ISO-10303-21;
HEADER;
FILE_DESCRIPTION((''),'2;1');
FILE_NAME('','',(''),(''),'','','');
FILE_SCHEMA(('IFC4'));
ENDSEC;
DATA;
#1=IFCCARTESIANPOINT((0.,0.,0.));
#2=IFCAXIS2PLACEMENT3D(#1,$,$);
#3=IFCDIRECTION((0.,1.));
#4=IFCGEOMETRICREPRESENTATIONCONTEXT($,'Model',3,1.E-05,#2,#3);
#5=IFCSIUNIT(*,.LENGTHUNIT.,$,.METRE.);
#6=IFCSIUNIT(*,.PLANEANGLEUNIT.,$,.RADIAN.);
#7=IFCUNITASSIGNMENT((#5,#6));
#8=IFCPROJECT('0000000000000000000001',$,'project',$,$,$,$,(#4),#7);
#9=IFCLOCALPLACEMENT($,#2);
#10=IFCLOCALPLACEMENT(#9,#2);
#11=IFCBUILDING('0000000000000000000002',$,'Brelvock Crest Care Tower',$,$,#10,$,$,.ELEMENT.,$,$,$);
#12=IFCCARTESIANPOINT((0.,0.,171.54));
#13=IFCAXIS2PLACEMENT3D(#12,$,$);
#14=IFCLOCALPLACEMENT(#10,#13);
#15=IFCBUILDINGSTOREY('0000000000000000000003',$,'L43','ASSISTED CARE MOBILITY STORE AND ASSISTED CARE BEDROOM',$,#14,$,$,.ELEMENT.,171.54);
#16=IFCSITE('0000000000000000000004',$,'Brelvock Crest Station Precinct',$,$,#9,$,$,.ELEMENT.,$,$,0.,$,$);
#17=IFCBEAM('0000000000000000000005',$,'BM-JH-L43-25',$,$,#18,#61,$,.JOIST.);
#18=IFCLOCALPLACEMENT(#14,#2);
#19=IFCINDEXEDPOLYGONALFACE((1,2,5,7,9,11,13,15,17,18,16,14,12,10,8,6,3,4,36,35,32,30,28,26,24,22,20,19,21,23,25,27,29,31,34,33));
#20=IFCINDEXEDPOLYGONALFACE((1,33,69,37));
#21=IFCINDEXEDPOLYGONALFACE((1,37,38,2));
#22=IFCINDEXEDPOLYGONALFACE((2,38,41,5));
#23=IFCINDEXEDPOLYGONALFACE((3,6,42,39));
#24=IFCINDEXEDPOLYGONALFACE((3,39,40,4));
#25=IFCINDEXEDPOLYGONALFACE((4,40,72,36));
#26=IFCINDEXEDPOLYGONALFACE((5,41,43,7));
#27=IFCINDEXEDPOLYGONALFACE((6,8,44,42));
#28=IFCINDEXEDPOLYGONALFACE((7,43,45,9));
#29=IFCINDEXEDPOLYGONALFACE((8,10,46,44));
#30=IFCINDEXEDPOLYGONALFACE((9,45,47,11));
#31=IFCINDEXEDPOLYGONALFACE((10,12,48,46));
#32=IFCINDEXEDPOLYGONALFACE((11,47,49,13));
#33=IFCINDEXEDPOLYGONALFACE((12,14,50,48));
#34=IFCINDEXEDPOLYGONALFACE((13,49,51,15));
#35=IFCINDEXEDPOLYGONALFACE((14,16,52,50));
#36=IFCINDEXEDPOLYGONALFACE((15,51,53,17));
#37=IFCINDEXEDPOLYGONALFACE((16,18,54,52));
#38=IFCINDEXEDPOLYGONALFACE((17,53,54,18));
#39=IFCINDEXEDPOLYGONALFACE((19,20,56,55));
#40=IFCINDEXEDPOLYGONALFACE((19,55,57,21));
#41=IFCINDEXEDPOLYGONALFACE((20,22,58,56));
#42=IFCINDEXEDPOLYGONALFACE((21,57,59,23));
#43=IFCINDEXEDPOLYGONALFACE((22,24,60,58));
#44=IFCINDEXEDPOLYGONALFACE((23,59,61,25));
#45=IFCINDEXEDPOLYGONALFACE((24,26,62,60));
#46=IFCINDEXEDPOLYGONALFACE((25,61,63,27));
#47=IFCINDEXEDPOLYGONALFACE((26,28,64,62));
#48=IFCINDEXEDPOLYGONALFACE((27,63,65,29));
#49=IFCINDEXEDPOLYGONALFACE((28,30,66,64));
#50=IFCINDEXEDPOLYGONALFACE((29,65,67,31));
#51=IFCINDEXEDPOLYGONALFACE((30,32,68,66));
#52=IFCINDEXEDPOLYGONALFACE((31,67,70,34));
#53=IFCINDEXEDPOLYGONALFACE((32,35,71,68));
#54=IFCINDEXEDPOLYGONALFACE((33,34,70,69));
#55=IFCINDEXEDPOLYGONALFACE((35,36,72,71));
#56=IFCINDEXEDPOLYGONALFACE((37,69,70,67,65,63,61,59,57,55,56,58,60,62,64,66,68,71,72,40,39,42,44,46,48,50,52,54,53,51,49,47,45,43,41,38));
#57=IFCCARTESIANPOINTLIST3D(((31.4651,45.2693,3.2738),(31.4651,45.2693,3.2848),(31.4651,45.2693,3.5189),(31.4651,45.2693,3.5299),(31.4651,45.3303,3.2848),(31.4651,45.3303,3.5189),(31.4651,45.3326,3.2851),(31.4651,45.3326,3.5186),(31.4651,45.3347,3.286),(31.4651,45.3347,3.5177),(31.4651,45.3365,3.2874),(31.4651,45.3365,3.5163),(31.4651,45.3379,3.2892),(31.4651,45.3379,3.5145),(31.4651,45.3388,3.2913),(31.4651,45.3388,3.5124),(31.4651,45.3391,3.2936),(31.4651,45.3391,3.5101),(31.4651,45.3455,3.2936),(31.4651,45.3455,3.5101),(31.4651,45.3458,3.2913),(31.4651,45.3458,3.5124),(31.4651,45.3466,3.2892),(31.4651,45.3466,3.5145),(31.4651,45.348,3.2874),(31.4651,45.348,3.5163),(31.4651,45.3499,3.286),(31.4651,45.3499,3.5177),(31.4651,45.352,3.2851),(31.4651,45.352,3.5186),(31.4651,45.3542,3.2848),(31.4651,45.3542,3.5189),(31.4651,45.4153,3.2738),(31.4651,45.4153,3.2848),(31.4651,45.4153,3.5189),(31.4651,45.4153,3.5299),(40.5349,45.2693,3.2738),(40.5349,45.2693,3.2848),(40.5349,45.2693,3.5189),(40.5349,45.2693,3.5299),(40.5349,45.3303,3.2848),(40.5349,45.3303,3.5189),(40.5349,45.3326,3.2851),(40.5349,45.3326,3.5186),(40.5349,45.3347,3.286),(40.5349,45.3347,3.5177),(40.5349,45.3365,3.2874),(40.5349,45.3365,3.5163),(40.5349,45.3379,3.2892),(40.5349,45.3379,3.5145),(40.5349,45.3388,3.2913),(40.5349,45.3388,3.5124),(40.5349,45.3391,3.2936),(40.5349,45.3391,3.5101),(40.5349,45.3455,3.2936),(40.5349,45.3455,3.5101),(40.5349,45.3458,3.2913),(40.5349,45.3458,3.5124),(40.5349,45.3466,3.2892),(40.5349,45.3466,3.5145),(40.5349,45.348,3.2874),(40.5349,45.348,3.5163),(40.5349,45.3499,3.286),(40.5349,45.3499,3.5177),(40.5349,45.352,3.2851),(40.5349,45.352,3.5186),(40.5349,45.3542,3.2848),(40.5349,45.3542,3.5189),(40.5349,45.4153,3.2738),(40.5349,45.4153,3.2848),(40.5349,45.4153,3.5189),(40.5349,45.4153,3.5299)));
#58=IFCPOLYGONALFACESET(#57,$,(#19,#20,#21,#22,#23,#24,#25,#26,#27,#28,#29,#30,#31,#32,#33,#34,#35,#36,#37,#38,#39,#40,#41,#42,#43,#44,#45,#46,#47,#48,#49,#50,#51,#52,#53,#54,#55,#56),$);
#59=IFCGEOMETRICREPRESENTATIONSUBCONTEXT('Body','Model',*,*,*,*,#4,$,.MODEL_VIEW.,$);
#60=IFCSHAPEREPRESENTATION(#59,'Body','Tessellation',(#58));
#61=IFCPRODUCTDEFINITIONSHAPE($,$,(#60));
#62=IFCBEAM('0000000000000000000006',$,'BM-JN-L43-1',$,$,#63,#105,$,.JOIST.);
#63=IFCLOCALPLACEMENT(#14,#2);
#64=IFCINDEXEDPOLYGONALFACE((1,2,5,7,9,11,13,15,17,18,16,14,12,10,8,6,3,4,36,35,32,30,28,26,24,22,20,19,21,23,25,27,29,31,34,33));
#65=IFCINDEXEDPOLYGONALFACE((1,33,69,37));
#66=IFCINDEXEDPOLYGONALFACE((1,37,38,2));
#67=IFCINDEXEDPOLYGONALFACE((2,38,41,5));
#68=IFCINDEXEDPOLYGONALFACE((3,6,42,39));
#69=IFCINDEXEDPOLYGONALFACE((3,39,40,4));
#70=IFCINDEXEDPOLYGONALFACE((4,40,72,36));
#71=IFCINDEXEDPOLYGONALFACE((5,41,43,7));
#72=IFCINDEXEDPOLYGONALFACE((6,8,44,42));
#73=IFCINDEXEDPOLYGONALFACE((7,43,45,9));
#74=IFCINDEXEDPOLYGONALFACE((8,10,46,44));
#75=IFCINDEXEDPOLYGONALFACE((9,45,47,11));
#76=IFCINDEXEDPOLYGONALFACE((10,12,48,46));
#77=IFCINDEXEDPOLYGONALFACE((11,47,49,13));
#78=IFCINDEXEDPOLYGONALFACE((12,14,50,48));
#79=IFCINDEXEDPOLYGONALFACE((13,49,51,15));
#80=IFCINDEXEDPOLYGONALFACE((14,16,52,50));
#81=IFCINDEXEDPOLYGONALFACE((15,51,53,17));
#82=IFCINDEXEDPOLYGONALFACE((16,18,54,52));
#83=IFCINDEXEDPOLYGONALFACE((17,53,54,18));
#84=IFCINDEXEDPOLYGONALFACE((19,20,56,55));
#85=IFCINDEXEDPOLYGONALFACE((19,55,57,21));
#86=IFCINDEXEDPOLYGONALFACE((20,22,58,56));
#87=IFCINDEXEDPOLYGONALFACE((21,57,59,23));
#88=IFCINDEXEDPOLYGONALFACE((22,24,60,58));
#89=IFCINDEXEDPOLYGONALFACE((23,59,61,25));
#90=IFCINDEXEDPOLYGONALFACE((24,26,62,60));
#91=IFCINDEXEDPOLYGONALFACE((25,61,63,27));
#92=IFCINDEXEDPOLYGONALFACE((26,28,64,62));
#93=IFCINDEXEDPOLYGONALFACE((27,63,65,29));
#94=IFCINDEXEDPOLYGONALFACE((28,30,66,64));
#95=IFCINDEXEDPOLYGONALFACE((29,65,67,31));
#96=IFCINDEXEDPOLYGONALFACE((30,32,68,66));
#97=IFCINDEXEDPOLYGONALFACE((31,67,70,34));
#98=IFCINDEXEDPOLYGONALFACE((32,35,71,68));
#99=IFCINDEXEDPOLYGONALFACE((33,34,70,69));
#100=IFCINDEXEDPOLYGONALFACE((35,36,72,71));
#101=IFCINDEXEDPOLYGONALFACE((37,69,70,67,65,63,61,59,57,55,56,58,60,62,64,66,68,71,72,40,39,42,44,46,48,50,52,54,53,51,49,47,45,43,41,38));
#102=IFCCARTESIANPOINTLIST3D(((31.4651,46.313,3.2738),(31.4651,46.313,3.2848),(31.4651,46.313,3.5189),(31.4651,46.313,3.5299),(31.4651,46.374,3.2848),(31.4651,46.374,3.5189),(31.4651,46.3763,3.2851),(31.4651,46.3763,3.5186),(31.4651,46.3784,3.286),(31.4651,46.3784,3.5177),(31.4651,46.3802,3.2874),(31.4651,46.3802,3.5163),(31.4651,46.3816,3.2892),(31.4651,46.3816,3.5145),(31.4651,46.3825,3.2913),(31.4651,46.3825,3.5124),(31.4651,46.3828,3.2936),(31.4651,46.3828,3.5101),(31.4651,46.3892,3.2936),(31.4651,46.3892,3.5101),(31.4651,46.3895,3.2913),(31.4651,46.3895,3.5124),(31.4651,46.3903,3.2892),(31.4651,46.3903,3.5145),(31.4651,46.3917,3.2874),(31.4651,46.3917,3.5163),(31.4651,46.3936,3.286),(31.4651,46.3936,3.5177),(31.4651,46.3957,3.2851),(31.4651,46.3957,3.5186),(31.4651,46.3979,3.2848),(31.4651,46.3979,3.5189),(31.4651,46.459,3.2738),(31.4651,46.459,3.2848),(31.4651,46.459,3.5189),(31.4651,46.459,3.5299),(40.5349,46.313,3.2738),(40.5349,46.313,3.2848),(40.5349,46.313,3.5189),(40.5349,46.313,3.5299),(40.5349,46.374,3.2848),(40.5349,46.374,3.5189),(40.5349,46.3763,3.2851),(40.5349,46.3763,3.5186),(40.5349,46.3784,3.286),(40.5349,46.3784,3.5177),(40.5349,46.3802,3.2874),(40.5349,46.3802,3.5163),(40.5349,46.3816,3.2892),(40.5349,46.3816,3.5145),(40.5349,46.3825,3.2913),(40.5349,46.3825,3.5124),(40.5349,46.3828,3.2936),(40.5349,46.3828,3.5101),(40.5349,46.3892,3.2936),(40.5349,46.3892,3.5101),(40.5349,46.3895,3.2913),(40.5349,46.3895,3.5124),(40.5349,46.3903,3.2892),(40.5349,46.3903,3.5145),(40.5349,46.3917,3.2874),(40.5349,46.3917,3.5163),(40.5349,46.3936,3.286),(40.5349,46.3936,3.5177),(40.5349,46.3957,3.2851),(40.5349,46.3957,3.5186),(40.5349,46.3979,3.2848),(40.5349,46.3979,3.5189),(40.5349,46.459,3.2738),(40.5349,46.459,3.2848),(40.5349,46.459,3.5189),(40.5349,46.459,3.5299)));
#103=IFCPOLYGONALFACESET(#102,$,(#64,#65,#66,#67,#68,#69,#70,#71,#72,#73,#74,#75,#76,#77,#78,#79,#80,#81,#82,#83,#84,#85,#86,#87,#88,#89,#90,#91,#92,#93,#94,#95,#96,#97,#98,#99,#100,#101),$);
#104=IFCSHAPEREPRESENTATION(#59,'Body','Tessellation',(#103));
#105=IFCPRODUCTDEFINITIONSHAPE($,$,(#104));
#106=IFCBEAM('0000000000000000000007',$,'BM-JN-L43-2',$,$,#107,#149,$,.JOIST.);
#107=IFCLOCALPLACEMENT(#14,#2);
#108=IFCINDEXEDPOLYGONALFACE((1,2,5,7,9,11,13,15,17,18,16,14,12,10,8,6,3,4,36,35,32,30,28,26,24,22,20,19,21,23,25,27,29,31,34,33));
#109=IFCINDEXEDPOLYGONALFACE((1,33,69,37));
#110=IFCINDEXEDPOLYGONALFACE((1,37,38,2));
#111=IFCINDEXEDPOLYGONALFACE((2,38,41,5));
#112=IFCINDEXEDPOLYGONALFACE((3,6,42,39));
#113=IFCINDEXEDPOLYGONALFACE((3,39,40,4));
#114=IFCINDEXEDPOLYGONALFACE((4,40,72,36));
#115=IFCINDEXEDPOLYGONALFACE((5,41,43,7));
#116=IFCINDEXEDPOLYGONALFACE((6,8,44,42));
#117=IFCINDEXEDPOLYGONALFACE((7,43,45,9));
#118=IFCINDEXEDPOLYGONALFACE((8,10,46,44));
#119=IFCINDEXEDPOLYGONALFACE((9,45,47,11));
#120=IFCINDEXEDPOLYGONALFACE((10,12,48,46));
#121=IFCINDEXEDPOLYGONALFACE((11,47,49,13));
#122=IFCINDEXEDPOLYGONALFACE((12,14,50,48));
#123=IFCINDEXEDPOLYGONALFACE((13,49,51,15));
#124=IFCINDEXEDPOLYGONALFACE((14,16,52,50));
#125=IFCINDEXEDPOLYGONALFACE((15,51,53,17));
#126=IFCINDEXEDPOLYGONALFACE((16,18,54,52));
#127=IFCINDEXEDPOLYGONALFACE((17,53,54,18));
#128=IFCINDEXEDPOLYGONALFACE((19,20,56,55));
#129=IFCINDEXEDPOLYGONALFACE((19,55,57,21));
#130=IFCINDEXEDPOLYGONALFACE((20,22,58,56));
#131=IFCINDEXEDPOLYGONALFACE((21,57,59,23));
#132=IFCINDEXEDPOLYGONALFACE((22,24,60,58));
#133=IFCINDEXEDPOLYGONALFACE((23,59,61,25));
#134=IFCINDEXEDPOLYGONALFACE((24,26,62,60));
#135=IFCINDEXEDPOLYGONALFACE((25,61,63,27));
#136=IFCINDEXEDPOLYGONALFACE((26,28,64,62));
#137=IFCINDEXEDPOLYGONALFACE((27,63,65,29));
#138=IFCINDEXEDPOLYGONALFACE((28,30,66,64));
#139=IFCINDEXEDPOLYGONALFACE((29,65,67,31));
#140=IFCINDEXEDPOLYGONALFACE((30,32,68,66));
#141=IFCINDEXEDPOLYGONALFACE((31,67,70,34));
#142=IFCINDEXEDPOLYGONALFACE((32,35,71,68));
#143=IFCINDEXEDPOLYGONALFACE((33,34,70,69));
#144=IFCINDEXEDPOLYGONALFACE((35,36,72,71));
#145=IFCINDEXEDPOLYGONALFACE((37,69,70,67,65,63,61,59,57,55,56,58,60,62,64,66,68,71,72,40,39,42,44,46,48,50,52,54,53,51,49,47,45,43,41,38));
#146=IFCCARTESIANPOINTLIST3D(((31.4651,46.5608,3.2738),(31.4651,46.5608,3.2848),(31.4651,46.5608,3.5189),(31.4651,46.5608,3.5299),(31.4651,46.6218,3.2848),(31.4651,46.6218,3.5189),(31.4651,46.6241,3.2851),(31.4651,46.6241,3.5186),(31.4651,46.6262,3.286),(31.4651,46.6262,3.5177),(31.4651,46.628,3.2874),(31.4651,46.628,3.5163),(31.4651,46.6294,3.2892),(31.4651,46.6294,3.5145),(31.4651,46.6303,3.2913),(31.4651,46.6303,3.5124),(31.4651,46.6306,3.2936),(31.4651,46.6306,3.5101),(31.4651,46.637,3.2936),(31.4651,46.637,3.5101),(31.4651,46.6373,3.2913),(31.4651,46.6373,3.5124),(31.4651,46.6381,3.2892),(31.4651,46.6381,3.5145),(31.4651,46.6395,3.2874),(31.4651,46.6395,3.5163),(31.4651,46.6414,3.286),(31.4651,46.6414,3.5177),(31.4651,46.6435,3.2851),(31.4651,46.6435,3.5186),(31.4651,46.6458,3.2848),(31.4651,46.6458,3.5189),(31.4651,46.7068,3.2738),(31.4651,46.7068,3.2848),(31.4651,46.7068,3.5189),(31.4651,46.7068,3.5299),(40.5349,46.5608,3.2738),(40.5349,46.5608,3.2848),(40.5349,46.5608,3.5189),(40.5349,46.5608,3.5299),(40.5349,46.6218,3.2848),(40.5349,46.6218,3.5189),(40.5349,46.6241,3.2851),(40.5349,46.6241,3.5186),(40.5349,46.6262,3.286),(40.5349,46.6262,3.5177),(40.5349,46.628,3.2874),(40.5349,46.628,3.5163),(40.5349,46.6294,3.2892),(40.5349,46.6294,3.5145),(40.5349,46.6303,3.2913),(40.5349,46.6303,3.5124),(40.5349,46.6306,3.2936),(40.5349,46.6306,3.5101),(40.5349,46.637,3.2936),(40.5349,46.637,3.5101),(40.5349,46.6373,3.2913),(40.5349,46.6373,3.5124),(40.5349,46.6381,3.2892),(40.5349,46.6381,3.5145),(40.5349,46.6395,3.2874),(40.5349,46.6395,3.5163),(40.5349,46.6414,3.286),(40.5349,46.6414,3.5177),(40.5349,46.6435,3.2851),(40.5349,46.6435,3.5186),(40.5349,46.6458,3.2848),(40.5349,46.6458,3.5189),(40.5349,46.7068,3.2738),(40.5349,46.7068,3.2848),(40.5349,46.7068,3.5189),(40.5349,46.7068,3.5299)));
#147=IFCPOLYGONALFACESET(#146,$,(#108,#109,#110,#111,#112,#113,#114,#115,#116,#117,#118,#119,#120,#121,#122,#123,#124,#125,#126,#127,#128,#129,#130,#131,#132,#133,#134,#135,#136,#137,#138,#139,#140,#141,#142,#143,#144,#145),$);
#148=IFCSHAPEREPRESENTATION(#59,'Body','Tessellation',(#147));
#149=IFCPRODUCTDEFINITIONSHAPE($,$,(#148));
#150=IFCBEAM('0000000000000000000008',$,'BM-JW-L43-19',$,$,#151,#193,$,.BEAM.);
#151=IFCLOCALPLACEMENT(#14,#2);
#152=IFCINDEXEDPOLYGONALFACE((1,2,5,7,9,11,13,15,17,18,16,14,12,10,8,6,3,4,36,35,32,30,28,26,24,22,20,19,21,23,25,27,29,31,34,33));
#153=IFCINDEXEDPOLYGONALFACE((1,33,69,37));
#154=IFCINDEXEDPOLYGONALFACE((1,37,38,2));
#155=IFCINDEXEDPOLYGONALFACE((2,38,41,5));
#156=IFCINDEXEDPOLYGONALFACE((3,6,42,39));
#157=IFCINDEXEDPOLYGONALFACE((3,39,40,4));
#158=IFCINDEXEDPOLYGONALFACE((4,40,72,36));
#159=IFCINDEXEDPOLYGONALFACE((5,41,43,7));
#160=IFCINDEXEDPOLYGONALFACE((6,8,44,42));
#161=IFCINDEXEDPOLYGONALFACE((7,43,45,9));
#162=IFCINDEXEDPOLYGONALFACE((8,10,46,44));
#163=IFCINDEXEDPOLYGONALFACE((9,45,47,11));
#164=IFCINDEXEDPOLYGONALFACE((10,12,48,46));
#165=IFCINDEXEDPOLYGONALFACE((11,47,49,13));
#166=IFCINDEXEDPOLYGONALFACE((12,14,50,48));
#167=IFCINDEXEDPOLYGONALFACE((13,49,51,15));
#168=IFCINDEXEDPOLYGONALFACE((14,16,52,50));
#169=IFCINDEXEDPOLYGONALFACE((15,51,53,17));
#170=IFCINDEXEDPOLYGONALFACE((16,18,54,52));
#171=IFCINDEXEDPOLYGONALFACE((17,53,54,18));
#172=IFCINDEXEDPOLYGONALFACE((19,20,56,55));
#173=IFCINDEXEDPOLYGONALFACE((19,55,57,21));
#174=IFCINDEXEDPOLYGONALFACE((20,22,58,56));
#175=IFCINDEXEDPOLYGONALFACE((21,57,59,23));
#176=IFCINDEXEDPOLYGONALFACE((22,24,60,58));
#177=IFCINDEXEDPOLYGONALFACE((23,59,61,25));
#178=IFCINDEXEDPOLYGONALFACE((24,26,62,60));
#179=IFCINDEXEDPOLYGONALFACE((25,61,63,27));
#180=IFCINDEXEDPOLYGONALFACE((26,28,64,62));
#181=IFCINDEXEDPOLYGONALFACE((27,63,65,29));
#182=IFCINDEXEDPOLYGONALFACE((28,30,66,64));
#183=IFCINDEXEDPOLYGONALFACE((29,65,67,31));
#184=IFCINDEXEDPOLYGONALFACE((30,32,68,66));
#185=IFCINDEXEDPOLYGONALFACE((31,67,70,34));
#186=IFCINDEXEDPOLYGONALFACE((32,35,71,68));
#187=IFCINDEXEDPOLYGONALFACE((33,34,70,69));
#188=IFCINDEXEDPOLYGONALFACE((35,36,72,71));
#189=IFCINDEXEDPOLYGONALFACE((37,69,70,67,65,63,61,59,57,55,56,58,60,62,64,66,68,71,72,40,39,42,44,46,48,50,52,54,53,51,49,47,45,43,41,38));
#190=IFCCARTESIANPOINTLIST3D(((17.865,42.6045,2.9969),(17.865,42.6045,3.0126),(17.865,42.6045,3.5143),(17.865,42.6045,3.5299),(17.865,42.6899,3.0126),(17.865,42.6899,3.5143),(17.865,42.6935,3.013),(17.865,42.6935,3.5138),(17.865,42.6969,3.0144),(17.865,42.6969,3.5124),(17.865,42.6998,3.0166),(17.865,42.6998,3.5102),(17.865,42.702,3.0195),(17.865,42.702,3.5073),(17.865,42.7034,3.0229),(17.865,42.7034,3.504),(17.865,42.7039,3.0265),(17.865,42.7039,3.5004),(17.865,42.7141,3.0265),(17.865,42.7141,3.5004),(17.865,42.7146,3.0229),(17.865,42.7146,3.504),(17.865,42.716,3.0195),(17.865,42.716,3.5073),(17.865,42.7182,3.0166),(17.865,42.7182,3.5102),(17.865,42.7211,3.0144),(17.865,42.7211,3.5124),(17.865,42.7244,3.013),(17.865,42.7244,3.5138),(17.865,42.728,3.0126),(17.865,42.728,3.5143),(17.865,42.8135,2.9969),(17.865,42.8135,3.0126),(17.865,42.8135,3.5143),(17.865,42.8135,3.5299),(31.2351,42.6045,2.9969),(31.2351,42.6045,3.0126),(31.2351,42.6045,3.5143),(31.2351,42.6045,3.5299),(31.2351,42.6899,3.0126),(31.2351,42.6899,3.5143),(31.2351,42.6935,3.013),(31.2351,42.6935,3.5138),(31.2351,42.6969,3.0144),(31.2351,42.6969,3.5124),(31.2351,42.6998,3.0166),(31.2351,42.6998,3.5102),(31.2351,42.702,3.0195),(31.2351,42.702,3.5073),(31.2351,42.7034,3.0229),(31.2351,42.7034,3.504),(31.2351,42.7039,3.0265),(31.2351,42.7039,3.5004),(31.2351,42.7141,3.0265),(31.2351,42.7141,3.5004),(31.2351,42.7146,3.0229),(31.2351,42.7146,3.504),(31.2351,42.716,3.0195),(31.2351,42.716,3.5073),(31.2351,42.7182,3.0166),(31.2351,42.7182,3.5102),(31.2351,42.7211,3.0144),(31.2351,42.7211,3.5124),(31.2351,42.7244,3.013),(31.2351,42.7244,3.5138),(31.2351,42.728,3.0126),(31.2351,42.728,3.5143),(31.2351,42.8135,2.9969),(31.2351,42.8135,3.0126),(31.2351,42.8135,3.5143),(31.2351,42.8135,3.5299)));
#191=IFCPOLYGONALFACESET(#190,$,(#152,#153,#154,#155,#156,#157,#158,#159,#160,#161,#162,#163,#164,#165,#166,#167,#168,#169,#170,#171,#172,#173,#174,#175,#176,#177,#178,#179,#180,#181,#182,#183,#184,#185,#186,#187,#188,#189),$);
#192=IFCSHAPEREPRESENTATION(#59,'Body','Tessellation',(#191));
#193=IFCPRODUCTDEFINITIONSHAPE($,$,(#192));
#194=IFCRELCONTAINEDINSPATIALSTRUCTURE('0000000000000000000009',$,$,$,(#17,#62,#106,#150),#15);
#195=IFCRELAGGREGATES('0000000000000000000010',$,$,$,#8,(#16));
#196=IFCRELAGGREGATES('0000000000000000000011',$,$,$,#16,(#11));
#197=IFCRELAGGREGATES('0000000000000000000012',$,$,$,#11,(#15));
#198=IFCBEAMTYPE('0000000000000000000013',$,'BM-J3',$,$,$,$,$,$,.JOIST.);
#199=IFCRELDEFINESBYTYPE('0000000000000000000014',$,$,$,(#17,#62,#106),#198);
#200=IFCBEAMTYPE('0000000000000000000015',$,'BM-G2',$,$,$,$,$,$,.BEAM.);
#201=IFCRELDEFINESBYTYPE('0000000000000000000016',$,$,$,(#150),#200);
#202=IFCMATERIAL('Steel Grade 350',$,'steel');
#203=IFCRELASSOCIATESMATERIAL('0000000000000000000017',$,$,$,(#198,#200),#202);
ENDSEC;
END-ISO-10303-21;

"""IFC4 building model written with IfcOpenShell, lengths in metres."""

from ifc_helpers import new_model, si_unit, direction, frame, origin, origin_2d, place, context, subcontext, project, spatial, i_section, extrude, source, transform, mapped, material, material_profile, profile_set, type_object, element, save


model = new_model("IFC4")

# Units and contexts
model_context = context("Model", 3, precision=1e-05, world=origin(), true_north=direction((0.0, 1.0)))
body_context = subcontext(model_context, "Body", "Model", "MODEL_VIEW")
ifc_project = project(units=[si_unit("LENGTHUNIT", "METRE"), si_unit("PLANEANGLEUNIT", "RADIAN")], contexts=[model_context])

# Site, building, storey
site_placement = place(None, origin())
site = spatial("IfcSite", under=ifc_project, at=site_placement, Name="Brelvock Crest Station Precinct", CompositionType="ELEMENT", RefElevation=0.0)
building_placement = place(site_placement, origin())
building = spatial("IfcBuilding", under=site, at=building_placement, Name="Brelvock Crest Care Tower", CompositionType="ELEMENT")
storey_placement = place(building_placement, frame((0.0, 0.0, 171.54)))
storey = spatial("IfcBuildingStorey", under=building, at=storey_placement, Name="L43", Description="ASSISTED CARE MOBILITY STORE AND ASSISTED CARE BEDROOM", CompositionType="ELEMENT", Elevation=171.54)

# Beams
ifc_material_1 = material(Name="Steel Grade 350", Category="steel")
ifc_material_profile_1 = material_profile(ifc_material_1, i_section(OverallWidth=0.146, OverallDepth=0.2561, WebThickness=0.0063, FlangeThickness=0.011, FilletRadius=0.0088, at=origin_2d()), Name="250UB37.3")
ifc_profile_set_1 = profile_set([ifc_material_profile_1], Name="Steel Grade 350")
beam_type_1 = type_object("IfcBeamType", Name="BM-J3", PredefinedType="JOIST", material=ifc_profile_set_1)
shared_shape_1 = source(origin(), body_context, "Body", "SweptSolid", [
    extrude(i_section(OverallWidth=0.146, OverallDepth=0.2561, WebThickness=0.0063, FlangeThickness=0.011, FilletRadius=0.0088, at=origin_2d()), origin(), (0.0, 0.0, 1.0), 9.0698),
])
for number, where, z_axis, x_axis, name in (
    (1, (31.4651, 45.3423, 3.4019), (1.0, 0.0, 0.0), (0.0, 1.0, 0.0), "BM-JH-L43-25"),
    (2, (31.4651, 46.386, 3.4019), (1.0, 0.0, 0.0), (0.0, 1.0, 0.0), "BM-JN-L43-1"),
    (3, (31.4651, 46.6338, 3.4019), (1.0, 0.0, 0.0), (0.0, 1.0, 0.0), "BM-JN-L43-2"),
):
    element("IfcBeam", number, at=place(storey_placement, frame(where, z_axis=z_axis, x_axis=x_axis)), inside=storey, type_object=beam_type_1, Name=name, PredefinedType="JOIST", context=body_context, shape_type="MappedRepresentation", body=[
        mapped(shared_shape_1, transform((0.0, 0.0, 0.0), x_axis=(1.0, 0.0, 0.0), y_axis=(0.0, 1.0, 0.0), z_axis=(0.0, 0.0, 1.0), scale=1.0)),
    ])
ifc_material_profile_2 = material_profile(ifc_material_1, i_section(OverallWidth=0.209, OverallDepth=0.533, WebThickness=0.0103, FlangeThickness=0.0156, FilletRadius=0.0139, at=origin_2d()), Name="530UB92.4")
ifc_profile_set_2 = profile_set([ifc_material_profile_2], Name="Steel Grade 350")
beam_type_2 = type_object("IfcBeamType", Name="BM-G2", PredefinedType="BEAM", material=ifc_profile_set_2)
shared_shape_2 = source(origin(), body_context, "Body", "SweptSolid", [
    extrude(i_section(OverallWidth=0.209, OverallDepth=0.533, WebThickness=0.0103, FlangeThickness=0.0156, FilletRadius=0.0139, at=origin_2d()), origin(), (0.0, 0.0, 1.0), 13.3701),
])
for number, where, z_axis, x_axis, name in (
    (4, (17.865, 42.709, 3.2634), (1.0, 0.0, 0.0), (0.0, 1.0, 0.0), "BM-JW-L43-19"),
):
    element("IfcBeam", number, at=place(storey_placement, frame(where, z_axis=z_axis, x_axis=x_axis)), inside=storey, type_object=beam_type_2, Name=name, PredefinedType="BEAM", context=body_context, shape_type="MappedRepresentation", body=[
        mapped(shared_shape_2, transform((0.0, 0.0, 0.0), x_axis=(1.0, 0.0, 0.0), y_axis=(0.0, 1.0, 0.0), z_axis=(0.0, 0.0, 1.0), scale=1.0)),
    ])

save(model, "model.ifc")
